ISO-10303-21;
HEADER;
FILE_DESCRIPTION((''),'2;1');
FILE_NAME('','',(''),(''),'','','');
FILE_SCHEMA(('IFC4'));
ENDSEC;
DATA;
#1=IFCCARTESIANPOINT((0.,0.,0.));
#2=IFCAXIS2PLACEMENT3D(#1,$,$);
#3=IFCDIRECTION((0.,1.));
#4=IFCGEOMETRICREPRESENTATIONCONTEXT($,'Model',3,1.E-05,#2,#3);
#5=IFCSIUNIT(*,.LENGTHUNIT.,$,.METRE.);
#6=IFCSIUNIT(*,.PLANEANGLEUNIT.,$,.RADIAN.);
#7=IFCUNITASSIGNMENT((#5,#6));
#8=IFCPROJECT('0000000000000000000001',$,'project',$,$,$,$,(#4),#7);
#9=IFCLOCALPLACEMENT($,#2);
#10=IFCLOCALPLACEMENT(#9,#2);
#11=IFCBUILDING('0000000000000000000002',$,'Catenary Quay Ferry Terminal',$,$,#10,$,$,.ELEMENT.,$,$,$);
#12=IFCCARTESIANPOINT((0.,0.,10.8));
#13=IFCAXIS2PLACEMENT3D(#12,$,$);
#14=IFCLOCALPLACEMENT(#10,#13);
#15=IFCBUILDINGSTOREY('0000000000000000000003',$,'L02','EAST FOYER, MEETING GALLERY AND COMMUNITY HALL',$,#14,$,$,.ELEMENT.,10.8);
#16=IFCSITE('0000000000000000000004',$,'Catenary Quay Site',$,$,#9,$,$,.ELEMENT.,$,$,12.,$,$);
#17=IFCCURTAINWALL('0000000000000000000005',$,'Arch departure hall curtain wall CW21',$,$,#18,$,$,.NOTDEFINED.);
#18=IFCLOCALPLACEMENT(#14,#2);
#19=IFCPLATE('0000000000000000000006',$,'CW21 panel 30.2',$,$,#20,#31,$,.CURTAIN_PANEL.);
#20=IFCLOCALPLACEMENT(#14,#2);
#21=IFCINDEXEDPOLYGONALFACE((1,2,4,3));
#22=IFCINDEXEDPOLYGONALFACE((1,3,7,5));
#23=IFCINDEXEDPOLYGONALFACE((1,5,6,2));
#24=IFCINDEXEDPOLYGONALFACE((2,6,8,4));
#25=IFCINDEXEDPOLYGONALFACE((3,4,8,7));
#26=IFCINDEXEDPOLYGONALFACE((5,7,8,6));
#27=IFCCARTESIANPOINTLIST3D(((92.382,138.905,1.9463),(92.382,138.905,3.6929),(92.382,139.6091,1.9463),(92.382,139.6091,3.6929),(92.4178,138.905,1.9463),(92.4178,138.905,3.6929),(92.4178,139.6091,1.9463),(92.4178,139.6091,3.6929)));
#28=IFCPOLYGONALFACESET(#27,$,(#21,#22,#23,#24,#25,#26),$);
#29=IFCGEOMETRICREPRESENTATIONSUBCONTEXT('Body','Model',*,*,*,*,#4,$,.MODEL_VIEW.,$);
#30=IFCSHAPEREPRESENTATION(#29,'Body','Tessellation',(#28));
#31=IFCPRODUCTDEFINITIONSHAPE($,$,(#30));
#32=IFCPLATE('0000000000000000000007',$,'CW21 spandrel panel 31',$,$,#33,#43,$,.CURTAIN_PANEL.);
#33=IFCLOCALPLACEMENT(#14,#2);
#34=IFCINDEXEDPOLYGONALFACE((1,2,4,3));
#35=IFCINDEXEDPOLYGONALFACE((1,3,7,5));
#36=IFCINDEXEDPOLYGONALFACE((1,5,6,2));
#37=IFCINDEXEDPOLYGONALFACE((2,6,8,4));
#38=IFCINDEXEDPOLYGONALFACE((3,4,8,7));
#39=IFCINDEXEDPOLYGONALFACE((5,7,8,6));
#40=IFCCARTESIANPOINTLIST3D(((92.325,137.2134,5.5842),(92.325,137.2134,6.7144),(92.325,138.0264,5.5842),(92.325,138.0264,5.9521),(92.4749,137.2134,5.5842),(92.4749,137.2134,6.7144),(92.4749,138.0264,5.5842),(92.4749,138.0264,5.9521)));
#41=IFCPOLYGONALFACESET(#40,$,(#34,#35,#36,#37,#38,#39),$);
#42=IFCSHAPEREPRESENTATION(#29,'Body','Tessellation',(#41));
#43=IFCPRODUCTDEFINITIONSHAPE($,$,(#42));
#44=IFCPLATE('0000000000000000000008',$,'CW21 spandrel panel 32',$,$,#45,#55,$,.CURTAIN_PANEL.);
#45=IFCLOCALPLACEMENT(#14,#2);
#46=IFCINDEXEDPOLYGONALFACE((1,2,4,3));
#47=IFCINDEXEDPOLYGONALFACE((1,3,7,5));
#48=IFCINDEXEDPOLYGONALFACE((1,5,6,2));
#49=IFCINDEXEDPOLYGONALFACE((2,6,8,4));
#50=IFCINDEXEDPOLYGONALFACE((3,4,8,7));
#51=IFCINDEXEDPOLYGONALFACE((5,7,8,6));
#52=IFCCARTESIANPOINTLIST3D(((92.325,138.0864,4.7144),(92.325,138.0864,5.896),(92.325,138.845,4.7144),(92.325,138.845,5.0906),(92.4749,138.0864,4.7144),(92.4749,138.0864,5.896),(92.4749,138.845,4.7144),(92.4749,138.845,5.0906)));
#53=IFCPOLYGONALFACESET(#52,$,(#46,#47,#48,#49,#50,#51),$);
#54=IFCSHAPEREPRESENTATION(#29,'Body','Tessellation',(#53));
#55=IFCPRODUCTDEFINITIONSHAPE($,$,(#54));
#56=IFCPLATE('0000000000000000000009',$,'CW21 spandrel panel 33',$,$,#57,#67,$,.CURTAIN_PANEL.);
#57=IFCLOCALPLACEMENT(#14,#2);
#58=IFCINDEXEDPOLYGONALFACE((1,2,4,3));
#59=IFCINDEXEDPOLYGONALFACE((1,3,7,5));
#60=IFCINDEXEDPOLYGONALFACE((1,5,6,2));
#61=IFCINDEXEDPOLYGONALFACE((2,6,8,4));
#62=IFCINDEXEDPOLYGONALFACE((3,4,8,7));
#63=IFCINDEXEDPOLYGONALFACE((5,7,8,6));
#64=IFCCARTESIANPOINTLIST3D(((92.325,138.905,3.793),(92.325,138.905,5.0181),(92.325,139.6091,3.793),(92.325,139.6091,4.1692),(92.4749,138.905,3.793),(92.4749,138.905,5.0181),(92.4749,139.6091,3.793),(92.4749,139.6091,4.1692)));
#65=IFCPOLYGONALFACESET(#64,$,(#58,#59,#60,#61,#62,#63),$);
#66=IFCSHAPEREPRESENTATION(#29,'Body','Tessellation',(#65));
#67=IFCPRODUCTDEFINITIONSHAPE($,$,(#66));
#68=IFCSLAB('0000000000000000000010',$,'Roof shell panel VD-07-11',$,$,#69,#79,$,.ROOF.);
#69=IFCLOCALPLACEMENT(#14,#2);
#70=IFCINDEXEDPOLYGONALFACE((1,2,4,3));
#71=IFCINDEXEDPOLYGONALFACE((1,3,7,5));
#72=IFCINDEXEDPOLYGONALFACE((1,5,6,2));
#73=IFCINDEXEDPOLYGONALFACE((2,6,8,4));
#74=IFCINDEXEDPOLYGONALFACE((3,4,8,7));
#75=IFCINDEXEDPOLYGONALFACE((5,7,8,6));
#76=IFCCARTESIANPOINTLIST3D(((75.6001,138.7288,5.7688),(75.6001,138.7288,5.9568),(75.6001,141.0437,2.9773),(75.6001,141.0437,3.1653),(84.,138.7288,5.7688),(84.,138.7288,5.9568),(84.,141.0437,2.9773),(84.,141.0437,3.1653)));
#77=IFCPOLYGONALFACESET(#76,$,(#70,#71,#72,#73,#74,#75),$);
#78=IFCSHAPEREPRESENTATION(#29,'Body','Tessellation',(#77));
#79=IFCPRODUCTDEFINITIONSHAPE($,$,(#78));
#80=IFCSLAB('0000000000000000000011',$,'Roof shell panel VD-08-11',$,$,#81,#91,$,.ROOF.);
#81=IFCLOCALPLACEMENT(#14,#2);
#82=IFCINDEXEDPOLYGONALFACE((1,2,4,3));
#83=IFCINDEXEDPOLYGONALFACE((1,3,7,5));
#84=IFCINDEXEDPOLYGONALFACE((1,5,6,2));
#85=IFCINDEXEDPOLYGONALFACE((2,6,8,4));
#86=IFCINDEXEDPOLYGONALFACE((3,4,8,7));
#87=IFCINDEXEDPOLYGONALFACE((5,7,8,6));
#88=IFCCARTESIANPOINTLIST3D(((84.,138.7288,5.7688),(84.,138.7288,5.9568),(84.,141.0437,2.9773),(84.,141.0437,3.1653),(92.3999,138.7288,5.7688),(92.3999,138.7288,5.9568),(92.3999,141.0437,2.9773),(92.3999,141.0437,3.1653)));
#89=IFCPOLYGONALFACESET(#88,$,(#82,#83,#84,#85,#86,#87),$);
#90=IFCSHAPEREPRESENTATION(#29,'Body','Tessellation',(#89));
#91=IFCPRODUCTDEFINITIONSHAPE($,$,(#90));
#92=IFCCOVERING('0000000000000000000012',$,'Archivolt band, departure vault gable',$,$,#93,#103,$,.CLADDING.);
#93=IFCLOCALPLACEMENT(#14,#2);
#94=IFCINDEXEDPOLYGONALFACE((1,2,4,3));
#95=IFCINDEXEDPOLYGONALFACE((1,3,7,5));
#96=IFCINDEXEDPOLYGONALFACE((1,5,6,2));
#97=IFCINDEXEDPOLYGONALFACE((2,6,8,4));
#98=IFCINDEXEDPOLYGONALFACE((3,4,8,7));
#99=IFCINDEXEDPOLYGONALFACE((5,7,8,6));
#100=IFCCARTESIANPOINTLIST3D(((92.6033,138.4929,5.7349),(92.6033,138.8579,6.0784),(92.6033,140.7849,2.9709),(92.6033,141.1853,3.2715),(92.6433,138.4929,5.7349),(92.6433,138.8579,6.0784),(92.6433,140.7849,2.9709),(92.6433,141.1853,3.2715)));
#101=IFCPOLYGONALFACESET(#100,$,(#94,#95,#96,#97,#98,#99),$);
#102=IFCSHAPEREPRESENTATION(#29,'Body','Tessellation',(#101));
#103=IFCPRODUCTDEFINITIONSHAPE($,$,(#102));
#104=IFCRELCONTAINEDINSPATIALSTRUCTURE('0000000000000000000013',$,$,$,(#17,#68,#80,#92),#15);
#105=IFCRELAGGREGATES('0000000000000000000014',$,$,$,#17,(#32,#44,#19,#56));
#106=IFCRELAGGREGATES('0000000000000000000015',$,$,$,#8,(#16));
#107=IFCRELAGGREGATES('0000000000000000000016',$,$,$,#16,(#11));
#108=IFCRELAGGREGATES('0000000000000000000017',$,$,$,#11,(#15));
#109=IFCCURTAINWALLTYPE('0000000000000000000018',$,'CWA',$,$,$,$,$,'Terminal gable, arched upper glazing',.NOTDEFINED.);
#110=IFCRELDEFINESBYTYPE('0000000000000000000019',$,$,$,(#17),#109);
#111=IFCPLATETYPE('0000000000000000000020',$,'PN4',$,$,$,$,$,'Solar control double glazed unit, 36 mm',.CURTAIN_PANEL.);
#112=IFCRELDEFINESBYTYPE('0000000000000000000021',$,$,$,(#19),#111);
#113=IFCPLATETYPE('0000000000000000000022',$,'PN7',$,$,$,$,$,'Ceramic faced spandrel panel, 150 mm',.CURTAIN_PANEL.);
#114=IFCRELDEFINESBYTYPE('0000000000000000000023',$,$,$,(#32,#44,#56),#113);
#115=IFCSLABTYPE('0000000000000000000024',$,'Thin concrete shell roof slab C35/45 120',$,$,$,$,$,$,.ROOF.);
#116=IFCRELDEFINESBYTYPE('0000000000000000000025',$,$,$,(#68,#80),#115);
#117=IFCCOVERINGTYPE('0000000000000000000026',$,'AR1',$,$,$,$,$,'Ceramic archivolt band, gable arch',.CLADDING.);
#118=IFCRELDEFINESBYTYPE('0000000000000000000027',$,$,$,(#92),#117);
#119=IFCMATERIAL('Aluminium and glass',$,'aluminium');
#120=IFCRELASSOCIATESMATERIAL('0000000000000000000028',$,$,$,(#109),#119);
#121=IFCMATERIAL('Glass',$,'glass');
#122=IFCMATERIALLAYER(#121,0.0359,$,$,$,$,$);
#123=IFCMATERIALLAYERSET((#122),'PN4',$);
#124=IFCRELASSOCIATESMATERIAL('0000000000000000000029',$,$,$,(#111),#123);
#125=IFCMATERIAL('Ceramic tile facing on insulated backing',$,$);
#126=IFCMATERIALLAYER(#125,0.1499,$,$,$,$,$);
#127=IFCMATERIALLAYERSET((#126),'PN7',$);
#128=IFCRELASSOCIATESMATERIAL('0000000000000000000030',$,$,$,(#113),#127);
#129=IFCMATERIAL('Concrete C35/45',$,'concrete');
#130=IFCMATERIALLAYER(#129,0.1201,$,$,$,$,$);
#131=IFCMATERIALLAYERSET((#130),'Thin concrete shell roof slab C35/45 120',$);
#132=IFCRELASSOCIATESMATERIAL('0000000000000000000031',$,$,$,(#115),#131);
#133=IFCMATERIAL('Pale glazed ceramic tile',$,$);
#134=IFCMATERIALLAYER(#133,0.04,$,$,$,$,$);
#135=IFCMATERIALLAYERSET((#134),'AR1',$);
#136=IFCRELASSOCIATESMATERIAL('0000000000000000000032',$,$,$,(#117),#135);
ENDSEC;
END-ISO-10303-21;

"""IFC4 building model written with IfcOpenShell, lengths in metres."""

from ifc_helpers import new_model, si_unit, direction, frame, origin, origin_2d, place, context, subcontext, project, spatial, polyline, rectangle, outline, extrude, material, layer, layer_set, type_object, element, aggregate, save


model = new_model("IFC4")

# Units and contexts
model_context = context("Model", 3, precision=1e-05, world=origin(), true_north=direction((0.0, 1.0)))
body_context = subcontext(model_context, "Body", "Model", "MODEL_VIEW")
ifc_project = project(units=[si_unit("LENGTHUNIT", "METRE"), si_unit("PLANEANGLEUNIT", "RADIAN")], contexts=[model_context])

# Site, building, storey
site_placement = place(None, origin())
site = spatial("IfcSite", under=ifc_project, at=site_placement, Name="Catenary Quay Site", CompositionType="ELEMENT", RefElevation=12.0)
building_placement = place(site_placement, origin())
building = spatial("IfcBuilding", under=site, at=building_placement, Name="Catenary Quay Ferry Terminal", CompositionType="ELEMENT")
storey_placement = place(building_placement, frame((0.0, 0.0, 10.8)))
storey = spatial("IfcBuildingStorey", under=building, at=storey_placement, Name="L02", Description="EAST FOYER, MEETING GALLERY AND COMMUNITY HALL", CompositionType="ELEMENT", Elevation=10.8)

# Curtain wall
ifc_material_1 = material(Name="Aluminium and glass", Category="aluminium")
curtain_wall_type = type_object("IfcCurtainWallType", Name="CWA", ElementType="Terminal gable, arched upper glazing", PredefinedType="NOTDEFINED", material=ifc_material_1)
curtain_wall_placement = place(storey_placement, origin())
curtain_wall = element("IfcCurtainWall", 1, at=curtain_wall_placement, inside=storey, type_object=curtain_wall_type, Name="Arch departure hall curtain wall CW21", PredefinedType="NOTDEFINED")

# Plates
ifc_material_2 = material(Name="Glass", Category="glass")
ifc_layer_1 = layer(ifc_material_2, 0.0359)
ifc_layer_set_1 = layer_set([ifc_layer_1], Name="PN4")
plate_type_1 = type_object("IfcPlateType", Name="PN4", ElementType="Solar control double glazed unit, 36 mm", PredefinedType="CURTAIN_PANEL", material=ifc_layer_set_1)
plate_1_placement = place(storey_placement, frame((92.3999, 139.2571, 1.9463), z_axis=(0.0, 0.0, 1.0), x_axis=(0.0, 1.0, 0.0)))
plate_1 = element("IfcPlate", 2, at=plate_1_placement, type_object=plate_type_1, Name="CW21 panel 30.2", PredefinedType="CURTAIN_PANEL", context=body_context, shape_type="SweptSolid", body=[
    extrude(rectangle(XDim=0.7041, YDim=0.0359, at=origin_2d()), origin(), (0.0, 0.0, 1.0), 1.7466),
])
ifc_material_3 = material(Name="Ceramic tile facing on insulated backing")
ifc_layer_2 = layer(ifc_material_3, 0.1499)
ifc_layer_set_2 = layer_set([ifc_layer_2], Name="PN7")
plate_type_2 = type_object("IfcPlateType", Name="PN7", ElementType="Ceramic faced spandrel panel, 150 mm", PredefinedType="CURTAIN_PANEL", material=ifc_layer_set_2)
plate_2_placement = place(storey_placement, frame((92.3999, 137.2134, 5.5842), z_axis=(0.0, 0.0, 1.0), x_axis=(0.0, 1.0, 0.0)))
plate_2 = element("IfcPlate", 3, at=plate_2_placement, type_object=plate_type_2, Name="CW21 spandrel panel 31", PredefinedType="CURTAIN_PANEL", context=body_context, shape_type="SweptSolid", body=[
    extrude(outline(polyline([(0.0, 0.0), (0.813, 0.0), (0.813, 0.3679), (0.0, 1.1301), (0.0, 0.0)])), frame((0.0, 0.075, 0.0), z_axis=(0.0, -1.0, 0.0), x_axis=(1.0, 0.0, 0.0)), (0.0, 0.0, 1.0), 0.1499),
])
plate_3_placement = place(storey_placement, frame((92.3999, 138.0864, 4.7144), z_axis=(0.0, 0.0, 1.0), x_axis=(0.0, 1.0, 0.0)))
plate_3 = element("IfcPlate", 4, at=plate_3_placement, type_object=plate_type_2, Name="CW21 spandrel panel 32", PredefinedType="CURTAIN_PANEL", context=body_context, shape_type="SweptSolid", body=[
    extrude(outline(polyline([(0.0, 0.0), (0.7585, 0.0), (0.7585, 0.3762), (0.0, 1.1816), (0.0, 0.0)])), frame((0.0, 0.075, 0.0), z_axis=(0.0, -1.0, 0.0), x_axis=(1.0, 0.0, 0.0)), (0.0, 0.0, 1.0), 0.1499),
])
plate_4_placement = place(storey_placement, frame((92.3999, 138.905, 3.793), z_axis=(0.0, 0.0, 1.0), x_axis=(0.0, 1.0, 0.0)))
plate_4 = element("IfcPlate", 5, at=plate_4_placement, type_object=plate_type_2, Name="CW21 spandrel panel 33", PredefinedType="CURTAIN_PANEL", context=body_context, shape_type="SweptSolid", body=[
    extrude(outline(polyline([(0.0, 0.0), (0.7041, 0.0), (0.7041, 0.3762), (0.0, 1.2251), (0.0, 0.0)])), frame((0.0, 0.075, 0.0), z_axis=(0.0, -1.0, 0.0), x_axis=(1.0, 0.0, 0.0)), (0.0, 0.0, 1.0), 0.1499),
])
aggregate(curtain_wall, [plate_2, plate_3, plate_1, plate_4])

# Slabs
ifc_material_4 = material(Name="Concrete C35/45", Category="concrete")
ifc_layer_3 = layer(ifc_material_4, 0.1201)
ifc_layer_set_3 = layer_set([ifc_layer_3], Name="Thin concrete shell roof slab C35/45 120")
slab_type = type_object("IfcSlabType", Name="Thin concrete shell roof slab C35/45 120", PredefinedType="ROOF", material=ifc_layer_set_3)
for number, where, z_axis, x_axis, name in (
    (6, (75.6001, 138.7288, 5.9568), (0.0, 0.769753, 0.638342), (1.0, 0.0, 0.0), "Roof shell panel VD-07-11"),
    (7, (84.0, 138.7288, 5.9568), (0.0, 0.769753, 0.638342), (1.0, 0.0, 0.0), "Roof shell panel VD-08-11"),
):
    element("IfcSlab", number, at=place(storey_placement, frame(where, z_axis=z_axis, x_axis=x_axis)), inside=storey, type_object=slab_type, Name=name, PredefinedType="ROOF", context=body_context, shape_type="SweptSolid", body=[
        extrude(outline(polyline([(0.0, 0.0), (8.3999, 0.0), (8.3999, 3.6265), (0.0, 3.6265), (0.0, 0.0)])), origin(), (0.0, 0.769753, -0.638342), 0.188),
    ])

# Covering
ifc_material_5 = material(Name="Pale glazed ceramic tile")
ifc_layer_4 = layer(ifc_material_5, 0.04)
ifc_layer_set_4 = layer_set([ifc_layer_4], Name="AR1")
covering_type = type_object("IfcCoveringType", Name="AR1", ElementType="Ceramic archivolt band, gable arch", PredefinedType="CLADDING", material=ifc_layer_set_4)
covering_placement = place(storey_placement, frame((92.6033, 138.8579, 6.0784), z_axis=(-1.0, 0.0, 0.0), x_axis=(0.0, 0.638292, -0.769794)))
element("IfcCovering", 8, at=covering_placement, inside=storey, type_object=covering_type, Name="Archivolt band, departure vault gable", PredefinedType="CLADDING", context=body_context, shape_type="SweptSolid", body=[
    extrude(outline(polyline([(0.0, 0.0), (3.6463, 0.0), (3.6221, 0.5), (0.0315, 0.5002), (0.0, 0.0)])), origin(), (0.0, 0.0, -1.0), 0.04),
])

save(model, "model.ifc")
